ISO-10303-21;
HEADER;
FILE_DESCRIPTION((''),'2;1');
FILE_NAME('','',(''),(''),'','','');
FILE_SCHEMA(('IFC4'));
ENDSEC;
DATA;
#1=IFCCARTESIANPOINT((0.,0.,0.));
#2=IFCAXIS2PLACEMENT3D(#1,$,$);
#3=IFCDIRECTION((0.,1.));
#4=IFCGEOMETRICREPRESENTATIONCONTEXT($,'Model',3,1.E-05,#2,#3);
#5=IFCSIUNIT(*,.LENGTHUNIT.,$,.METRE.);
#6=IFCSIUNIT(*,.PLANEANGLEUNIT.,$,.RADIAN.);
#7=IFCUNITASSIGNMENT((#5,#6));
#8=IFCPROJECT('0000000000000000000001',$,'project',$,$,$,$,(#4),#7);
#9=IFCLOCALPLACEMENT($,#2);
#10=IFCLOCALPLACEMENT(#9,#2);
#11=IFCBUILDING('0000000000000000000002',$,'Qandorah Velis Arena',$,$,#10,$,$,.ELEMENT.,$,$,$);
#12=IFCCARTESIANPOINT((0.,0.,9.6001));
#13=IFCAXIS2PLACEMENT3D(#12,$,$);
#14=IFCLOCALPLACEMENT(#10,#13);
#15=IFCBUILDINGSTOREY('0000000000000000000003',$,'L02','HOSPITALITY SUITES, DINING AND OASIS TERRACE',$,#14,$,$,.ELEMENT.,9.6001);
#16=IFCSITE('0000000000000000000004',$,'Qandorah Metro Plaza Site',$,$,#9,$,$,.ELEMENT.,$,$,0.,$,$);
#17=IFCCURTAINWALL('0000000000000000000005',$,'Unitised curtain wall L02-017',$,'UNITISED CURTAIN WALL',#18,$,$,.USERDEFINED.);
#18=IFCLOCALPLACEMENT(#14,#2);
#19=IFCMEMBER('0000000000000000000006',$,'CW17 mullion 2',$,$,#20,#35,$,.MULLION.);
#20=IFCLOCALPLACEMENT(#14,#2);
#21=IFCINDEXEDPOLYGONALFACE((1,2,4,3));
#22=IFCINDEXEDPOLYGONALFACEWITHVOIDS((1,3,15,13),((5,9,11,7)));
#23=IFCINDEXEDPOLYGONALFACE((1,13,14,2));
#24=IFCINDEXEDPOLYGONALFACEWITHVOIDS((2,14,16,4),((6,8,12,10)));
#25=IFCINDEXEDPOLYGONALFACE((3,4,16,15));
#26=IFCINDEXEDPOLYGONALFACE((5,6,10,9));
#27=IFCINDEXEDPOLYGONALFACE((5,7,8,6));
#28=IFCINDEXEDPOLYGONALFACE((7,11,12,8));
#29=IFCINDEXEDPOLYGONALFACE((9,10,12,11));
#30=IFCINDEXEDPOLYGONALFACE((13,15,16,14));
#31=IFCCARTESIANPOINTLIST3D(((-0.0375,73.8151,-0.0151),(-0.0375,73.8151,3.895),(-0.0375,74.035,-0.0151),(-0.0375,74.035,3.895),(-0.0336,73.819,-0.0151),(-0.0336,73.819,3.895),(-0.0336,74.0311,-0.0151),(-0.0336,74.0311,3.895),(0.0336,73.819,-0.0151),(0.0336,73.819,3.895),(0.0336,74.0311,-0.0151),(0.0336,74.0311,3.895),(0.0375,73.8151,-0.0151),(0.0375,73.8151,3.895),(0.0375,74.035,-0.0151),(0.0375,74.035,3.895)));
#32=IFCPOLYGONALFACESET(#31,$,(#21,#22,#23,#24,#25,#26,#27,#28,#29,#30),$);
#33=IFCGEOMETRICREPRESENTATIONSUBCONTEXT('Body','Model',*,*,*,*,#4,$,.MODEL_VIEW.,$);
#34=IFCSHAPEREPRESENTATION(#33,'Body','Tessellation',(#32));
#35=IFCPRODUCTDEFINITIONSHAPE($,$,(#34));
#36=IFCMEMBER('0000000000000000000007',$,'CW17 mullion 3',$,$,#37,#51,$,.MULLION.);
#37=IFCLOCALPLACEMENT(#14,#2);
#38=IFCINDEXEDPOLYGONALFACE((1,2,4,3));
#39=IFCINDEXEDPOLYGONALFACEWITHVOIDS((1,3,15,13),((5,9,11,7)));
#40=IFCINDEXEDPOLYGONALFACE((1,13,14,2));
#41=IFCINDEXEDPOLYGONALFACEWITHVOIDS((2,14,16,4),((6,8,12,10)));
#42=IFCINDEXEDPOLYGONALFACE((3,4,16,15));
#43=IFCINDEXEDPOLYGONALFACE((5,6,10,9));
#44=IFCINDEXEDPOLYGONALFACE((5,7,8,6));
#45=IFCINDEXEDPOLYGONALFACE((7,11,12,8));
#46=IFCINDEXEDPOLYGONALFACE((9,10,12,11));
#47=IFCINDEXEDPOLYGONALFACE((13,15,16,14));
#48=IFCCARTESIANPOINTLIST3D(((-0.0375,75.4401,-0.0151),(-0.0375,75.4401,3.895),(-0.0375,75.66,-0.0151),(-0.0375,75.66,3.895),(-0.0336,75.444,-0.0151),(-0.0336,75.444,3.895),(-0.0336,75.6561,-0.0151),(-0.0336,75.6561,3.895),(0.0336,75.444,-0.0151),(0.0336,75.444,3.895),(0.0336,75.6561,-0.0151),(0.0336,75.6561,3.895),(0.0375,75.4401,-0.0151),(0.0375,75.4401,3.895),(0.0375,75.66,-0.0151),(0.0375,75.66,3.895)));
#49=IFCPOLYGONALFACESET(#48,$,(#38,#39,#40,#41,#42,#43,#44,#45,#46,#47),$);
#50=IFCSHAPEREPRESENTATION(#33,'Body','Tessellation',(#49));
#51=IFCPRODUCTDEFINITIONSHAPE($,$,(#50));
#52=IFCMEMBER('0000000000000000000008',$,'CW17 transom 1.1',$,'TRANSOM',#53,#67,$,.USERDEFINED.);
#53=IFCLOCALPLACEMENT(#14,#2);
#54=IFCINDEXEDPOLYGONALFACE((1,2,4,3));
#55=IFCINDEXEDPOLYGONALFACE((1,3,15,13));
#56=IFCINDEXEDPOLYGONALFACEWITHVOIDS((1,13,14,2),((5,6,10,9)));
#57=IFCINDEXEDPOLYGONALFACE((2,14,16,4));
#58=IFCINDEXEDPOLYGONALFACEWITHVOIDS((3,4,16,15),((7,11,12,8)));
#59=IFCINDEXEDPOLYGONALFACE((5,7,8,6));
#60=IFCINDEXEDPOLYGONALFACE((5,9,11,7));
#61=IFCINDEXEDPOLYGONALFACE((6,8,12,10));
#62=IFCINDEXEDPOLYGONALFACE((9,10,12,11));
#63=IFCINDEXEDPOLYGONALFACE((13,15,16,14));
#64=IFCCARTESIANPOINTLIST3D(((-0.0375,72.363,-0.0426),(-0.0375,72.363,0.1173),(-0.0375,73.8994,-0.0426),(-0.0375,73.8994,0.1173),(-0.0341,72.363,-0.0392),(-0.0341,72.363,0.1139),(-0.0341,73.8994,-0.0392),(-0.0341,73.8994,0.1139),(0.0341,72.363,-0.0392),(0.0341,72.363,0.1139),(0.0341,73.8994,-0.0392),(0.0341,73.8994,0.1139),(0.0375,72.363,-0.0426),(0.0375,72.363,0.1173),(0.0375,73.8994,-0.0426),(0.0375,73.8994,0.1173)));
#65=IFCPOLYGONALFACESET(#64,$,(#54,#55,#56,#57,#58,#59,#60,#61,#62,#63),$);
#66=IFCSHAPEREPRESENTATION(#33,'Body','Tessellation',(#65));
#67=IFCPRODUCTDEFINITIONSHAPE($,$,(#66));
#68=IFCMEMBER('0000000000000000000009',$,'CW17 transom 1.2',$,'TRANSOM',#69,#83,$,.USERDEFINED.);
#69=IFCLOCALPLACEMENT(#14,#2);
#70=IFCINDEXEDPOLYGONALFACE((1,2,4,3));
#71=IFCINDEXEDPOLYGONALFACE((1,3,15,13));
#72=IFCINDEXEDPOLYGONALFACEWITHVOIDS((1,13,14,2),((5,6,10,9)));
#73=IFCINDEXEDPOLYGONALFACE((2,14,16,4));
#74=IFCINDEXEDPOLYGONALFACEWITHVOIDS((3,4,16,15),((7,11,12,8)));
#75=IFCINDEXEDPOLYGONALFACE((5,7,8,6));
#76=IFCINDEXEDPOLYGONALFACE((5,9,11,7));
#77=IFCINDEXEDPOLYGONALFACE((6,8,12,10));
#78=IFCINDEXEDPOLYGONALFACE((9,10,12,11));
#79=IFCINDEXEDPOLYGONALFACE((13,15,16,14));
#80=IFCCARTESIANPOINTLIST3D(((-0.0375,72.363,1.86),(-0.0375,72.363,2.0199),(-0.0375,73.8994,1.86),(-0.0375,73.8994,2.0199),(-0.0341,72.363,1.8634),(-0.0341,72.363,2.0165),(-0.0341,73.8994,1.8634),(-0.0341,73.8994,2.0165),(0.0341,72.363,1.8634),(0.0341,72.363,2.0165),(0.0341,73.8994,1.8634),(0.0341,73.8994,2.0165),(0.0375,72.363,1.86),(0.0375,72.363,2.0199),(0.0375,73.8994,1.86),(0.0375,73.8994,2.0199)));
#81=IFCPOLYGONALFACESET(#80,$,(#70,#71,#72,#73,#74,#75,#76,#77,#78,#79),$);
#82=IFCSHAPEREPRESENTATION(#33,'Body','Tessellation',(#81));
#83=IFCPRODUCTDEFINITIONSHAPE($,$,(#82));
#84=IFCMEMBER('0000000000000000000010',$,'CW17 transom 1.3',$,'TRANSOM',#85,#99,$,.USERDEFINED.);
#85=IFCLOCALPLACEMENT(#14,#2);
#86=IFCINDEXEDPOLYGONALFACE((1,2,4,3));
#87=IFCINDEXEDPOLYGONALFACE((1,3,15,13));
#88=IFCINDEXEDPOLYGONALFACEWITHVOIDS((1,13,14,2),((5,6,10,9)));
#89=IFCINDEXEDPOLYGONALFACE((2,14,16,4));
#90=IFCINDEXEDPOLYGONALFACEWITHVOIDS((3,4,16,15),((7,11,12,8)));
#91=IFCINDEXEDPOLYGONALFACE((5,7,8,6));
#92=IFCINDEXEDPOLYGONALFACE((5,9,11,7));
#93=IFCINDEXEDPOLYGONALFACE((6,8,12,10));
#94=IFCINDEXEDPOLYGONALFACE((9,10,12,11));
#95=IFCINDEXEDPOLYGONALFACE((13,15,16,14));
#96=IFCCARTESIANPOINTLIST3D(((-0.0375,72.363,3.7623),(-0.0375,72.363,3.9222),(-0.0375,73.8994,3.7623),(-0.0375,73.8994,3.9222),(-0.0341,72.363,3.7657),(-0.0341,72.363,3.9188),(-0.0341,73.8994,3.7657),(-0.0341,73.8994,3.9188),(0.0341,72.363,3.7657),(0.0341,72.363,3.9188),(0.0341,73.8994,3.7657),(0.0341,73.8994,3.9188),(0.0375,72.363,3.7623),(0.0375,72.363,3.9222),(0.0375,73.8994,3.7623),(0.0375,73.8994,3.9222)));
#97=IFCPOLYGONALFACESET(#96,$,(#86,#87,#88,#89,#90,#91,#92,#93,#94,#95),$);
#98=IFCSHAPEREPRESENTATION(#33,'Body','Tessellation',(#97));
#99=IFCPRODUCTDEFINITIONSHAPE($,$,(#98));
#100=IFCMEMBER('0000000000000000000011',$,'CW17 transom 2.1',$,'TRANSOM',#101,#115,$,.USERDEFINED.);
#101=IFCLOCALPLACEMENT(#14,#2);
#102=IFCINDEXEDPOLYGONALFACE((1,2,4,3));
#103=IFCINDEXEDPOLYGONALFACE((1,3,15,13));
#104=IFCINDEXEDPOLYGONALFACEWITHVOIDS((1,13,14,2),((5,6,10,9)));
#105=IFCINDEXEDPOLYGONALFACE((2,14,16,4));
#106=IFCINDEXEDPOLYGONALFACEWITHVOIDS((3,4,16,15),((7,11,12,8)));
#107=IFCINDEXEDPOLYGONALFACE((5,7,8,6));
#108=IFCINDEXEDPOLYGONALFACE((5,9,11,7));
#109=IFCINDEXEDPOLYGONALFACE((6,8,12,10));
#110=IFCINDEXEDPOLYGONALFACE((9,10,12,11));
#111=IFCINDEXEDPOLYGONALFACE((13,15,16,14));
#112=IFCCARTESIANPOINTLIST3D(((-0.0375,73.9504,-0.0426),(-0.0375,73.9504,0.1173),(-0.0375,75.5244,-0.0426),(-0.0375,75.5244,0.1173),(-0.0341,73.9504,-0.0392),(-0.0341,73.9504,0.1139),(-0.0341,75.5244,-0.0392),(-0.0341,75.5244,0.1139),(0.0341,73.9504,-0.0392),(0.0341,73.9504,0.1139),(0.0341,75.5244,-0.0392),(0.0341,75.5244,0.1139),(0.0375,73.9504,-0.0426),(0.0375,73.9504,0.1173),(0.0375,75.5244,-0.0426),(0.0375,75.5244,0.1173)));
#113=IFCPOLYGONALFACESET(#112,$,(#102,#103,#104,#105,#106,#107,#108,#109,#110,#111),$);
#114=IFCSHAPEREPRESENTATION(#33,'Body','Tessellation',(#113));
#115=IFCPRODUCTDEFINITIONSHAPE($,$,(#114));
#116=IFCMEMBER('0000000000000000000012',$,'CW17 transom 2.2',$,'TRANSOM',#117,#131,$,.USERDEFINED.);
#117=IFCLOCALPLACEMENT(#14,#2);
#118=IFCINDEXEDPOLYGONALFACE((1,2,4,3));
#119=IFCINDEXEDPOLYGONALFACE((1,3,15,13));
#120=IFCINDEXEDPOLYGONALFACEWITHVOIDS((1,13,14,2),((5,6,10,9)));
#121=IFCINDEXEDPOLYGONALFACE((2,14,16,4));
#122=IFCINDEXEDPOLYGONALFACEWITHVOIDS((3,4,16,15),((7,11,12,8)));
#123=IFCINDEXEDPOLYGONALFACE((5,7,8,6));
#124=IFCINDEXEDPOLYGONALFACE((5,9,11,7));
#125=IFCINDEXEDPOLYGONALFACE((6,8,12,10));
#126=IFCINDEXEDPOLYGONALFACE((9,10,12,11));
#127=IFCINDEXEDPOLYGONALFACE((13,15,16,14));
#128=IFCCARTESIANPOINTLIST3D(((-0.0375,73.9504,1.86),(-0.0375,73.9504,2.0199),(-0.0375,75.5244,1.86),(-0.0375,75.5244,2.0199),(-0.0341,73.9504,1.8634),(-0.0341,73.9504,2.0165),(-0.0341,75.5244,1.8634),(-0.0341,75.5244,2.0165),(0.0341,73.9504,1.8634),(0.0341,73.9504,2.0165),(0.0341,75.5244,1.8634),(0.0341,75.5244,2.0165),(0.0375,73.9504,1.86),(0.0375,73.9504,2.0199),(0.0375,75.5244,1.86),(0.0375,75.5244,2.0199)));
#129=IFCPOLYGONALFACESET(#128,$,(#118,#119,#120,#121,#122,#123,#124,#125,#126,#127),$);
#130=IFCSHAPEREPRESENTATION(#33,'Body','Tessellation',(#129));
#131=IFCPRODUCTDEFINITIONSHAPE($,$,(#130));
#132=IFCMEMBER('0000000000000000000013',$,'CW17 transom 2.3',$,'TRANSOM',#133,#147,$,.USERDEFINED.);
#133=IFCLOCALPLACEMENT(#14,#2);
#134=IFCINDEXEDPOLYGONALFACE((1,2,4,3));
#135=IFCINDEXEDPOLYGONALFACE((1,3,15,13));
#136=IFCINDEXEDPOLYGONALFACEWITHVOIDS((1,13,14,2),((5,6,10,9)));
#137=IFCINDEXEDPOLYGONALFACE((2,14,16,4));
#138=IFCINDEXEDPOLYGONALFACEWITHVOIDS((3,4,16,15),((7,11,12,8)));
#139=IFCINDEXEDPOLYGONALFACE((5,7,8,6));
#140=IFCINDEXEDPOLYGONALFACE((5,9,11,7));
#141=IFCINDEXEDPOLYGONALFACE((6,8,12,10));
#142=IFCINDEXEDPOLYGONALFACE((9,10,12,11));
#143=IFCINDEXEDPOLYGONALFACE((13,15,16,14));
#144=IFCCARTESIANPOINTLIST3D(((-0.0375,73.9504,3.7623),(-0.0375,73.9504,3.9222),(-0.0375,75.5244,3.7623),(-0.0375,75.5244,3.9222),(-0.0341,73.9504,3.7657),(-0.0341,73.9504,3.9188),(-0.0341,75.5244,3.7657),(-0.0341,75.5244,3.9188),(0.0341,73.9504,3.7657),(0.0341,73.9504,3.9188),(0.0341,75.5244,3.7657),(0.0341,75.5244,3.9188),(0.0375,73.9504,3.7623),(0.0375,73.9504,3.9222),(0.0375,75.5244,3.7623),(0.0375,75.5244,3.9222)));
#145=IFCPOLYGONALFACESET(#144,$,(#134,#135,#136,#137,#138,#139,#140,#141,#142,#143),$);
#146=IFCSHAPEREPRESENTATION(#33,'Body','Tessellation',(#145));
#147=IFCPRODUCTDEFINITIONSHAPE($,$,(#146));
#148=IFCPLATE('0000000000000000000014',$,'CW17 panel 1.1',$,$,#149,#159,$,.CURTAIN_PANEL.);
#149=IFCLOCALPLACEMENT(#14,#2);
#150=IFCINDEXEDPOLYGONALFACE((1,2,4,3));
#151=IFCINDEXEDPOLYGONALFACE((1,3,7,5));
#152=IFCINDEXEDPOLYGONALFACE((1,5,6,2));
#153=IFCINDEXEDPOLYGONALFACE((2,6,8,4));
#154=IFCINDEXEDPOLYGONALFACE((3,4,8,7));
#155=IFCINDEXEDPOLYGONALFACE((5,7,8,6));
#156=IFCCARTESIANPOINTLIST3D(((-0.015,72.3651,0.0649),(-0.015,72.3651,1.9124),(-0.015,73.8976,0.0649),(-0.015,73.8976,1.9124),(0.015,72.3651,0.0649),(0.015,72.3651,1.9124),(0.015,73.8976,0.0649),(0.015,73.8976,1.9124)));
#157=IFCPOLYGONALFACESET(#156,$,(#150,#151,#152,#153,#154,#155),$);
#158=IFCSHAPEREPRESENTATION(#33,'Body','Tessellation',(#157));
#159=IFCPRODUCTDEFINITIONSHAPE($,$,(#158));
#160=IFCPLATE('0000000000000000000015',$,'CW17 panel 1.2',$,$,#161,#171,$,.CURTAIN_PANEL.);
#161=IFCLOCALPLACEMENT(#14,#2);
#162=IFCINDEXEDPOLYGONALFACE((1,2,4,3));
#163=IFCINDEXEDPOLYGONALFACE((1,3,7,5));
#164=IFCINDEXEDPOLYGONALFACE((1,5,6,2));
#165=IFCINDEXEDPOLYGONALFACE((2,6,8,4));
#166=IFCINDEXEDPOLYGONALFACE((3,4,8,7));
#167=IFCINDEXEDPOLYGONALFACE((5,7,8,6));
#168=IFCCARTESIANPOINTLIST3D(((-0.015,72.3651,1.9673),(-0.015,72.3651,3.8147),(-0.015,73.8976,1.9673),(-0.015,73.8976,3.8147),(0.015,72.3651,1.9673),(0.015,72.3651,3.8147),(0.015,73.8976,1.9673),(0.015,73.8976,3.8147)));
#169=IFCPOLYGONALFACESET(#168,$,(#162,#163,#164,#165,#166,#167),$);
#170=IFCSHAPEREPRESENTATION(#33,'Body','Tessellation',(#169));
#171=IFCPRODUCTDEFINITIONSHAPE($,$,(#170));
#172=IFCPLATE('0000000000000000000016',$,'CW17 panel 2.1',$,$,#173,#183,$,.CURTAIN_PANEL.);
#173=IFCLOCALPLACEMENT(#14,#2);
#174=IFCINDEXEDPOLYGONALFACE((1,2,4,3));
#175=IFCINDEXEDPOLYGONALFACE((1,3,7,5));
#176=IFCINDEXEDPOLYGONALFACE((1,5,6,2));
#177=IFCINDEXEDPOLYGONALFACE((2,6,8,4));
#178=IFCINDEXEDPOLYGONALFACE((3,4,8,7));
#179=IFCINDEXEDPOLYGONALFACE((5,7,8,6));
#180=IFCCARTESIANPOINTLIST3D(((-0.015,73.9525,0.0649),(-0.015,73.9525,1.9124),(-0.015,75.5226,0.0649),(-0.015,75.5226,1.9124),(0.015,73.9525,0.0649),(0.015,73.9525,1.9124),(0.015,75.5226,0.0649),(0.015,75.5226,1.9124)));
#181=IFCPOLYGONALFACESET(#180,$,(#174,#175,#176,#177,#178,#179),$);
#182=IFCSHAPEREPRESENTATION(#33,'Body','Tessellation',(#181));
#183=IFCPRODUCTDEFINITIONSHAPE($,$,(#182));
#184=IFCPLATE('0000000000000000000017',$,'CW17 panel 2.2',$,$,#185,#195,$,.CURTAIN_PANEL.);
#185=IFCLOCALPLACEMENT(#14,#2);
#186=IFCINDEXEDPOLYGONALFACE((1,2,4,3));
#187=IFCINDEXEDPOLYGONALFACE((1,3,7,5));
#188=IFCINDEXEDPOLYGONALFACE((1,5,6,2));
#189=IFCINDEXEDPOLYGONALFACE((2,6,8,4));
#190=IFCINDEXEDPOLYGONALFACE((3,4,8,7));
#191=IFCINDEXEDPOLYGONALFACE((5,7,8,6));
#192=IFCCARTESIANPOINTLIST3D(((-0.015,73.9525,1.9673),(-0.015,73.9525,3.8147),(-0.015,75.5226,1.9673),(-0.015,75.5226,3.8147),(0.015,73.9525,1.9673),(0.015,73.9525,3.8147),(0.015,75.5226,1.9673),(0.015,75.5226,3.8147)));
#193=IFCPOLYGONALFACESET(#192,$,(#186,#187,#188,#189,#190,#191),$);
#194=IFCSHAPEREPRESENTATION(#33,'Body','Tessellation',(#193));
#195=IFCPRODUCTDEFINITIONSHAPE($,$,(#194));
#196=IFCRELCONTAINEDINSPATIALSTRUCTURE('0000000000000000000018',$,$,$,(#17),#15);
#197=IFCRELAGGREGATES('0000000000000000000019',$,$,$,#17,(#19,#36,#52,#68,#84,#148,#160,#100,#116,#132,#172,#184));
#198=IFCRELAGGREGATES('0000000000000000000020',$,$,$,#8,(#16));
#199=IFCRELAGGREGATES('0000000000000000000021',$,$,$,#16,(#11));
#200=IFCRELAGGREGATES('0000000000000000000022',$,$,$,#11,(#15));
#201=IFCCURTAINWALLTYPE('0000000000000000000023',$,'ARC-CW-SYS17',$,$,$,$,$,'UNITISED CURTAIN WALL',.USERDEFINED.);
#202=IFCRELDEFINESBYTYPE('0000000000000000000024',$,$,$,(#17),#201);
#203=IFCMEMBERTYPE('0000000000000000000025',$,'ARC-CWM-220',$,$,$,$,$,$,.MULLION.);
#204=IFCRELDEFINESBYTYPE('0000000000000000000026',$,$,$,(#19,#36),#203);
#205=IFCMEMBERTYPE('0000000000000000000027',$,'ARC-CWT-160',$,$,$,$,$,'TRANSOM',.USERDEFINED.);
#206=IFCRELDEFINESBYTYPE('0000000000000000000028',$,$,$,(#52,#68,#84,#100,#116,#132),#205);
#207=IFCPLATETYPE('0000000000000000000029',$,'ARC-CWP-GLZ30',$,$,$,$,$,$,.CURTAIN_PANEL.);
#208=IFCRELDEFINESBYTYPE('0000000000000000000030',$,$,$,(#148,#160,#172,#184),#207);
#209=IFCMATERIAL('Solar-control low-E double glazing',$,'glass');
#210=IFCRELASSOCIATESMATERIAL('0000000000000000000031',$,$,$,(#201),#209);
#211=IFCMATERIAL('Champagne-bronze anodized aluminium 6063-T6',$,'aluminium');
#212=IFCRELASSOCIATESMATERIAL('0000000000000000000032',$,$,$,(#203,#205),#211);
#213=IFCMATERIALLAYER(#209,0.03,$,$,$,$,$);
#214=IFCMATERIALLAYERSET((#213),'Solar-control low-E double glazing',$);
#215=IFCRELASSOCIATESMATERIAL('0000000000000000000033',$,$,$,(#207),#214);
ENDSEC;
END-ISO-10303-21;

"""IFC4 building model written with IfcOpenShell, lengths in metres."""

from ifc_helpers import new_model, si_unit, direction, frame, origin, origin_2d, place, context, subcontext, project, spatial, rectangle, hollow_rectangle, extrude, material, layer, layer_set, material_profile, profile_set, type_object, element, aggregate, save


model = new_model("IFC4")

# Units and contexts
model_context = context("Model", 3, precision=1e-05, world=origin(), true_north=direction((0.0, 1.0)))
body_context = subcontext(model_context, "Body", "Model", "MODEL_VIEW")
ifc_project = project(units=[si_unit("LENGTHUNIT", "METRE"), si_unit("PLANEANGLEUNIT", "RADIAN")], contexts=[model_context])

# Site, building, storey
site_placement = place(None, origin())
site = spatial("IfcSite", under=ifc_project, at=site_placement, Name="Qandorah Metro Plaza Site", CompositionType="ELEMENT", RefElevation=0.0)
building_placement = place(site_placement, origin())
building = spatial("IfcBuilding", under=site, at=building_placement, Name="Qandorah Velis Arena", CompositionType="ELEMENT")
storey_placement = place(building_placement, frame((0.0, 0.0, 9.6001)))
storey = spatial("IfcBuildingStorey", under=building, at=storey_placement, Name="L02", Description="HOSPITALITY SUITES, DINING AND OASIS TERRACE", CompositionType="ELEMENT", Elevation=9.6001)

# Curtain wall, members, plates
ifc_material_1 = material(Name="Solar-control low-E double glazing", Category="glass")
curtain_wall_type = type_object("IfcCurtainWallType", Name="ARC-CW-SYS17", ElementType="UNITISED CURTAIN WALL", PredefinedType="USERDEFINED", material=ifc_material_1)
curtain_wall_placement = place(storey_placement, origin())
curtain_wall = element("IfcCurtainWall", 1, at=curtain_wall_placement, inside=storey, type_object=curtain_wall_type, Name="Unitised curtain wall L02-017", ObjectType="UNITISED CURTAIN WALL", PredefinedType="USERDEFINED")
ifc_material_2 = material(Name="Champagne-bronze anodized aluminium 6063-T6", Category="aluminium")
ifc_material_profile_1 = material_profile(ifc_material_2, hollow_rectangle(XDim=0.075, YDim=0.22, WallThickness=0.0039, at=origin_2d()), Name="ALU MULLION 75x220")
ifc_profile_set_1 = profile_set([ifc_material_profile_1], Name="Champagne-bronze anodized aluminium 6063-T6")
member_type_1 = type_object("IfcMemberType", Name="ARC-CWM-220", PredefinedType="MULLION", material=ifc_profile_set_1)
member_1_placement = place(storey_placement, frame((0.0, 73.925, -0.0151), z_axis=(0.0, 0.0, 1.0), x_axis=(-1.0, 0.0, 0.0)))
member_1 = element("IfcMember", 2, at=member_1_placement, type_object=member_type_1, Name="CW17 mullion 2", PredefinedType="MULLION", context=body_context, shape_type="SweptSolid", body=[
    extrude(hollow_rectangle(XDim=0.075, YDim=0.22, WallThickness=0.0039, at=origin_2d()), origin(), (0.0, 0.0, 1.0), 3.9102),
])
member_2_placement = place(storey_placement, frame((0.0, 75.55, -0.0151), z_axis=(0.0, 0.0, 1.0), x_axis=(-1.0, 0.0, 0.0)))
member_2 = element("IfcMember", 3, at=member_2_placement, type_object=member_type_1, Name="CW17 mullion 3", PredefinedType="MULLION", context=body_context, shape_type="SweptSolid", body=[
    extrude(hollow_rectangle(XDim=0.075, YDim=0.22, WallThickness=0.0039, at=origin_2d()), origin(), (0.0, 0.0, 1.0), 3.9102),
])
ifc_material_profile_2 = material_profile(ifc_material_2, hollow_rectangle(XDim=0.075, YDim=0.1599, WallThickness=0.0034, at=origin_2d()), Name="ALU TRANSOM 75x160")
ifc_profile_set_2 = profile_set([ifc_material_profile_2], Name="Champagne-bronze anodized aluminium 6063-T6")
member_type_2 = type_object("IfcMemberType", Name="ARC-CWT-160", ElementType="TRANSOM", PredefinedType="USERDEFINED", material=ifc_profile_set_2)
member_3_placement = place(storey_placement, frame((0.0, 72.363, 0.0374), z_axis=(0.0, 1.0, 0.0), x_axis=(-1.0, 0.0, 0.0)))
member_3 = element("IfcMember", 4, at=member_3_placement, type_object=member_type_2, Name="CW17 transom 1.1", ObjectType="TRANSOM", PredefinedType="USERDEFINED", context=body_context, shape_type="SweptSolid", body=[
    extrude(hollow_rectangle(XDim=0.075, YDim=0.1599, WallThickness=0.0034, at=origin_2d()), origin(), (0.0, 0.0, 1.0), 1.5364),
])
member_4_placement = place(storey_placement, frame((0.0, 72.363, 1.9399), z_axis=(0.0, 1.0, 0.0), x_axis=(-1.0, 0.0, 0.0)))
member_4 = element("IfcMember", 5, at=member_4_placement, type_object=member_type_2, Name="CW17 transom 1.2", ObjectType="TRANSOM", PredefinedType="USERDEFINED", context=body_context, shape_type="SweptSolid", body=[
    extrude(hollow_rectangle(XDim=0.075, YDim=0.1599, WallThickness=0.0034, at=origin_2d()), origin(), (0.0, 0.0, 1.0), 1.5364),
])
member_5_placement = place(storey_placement, frame((0.0, 72.363, 3.8423), z_axis=(0.0, 1.0, 0.0), x_axis=(-1.0, 0.0, 0.0)))
member_5 = element("IfcMember", 6, at=member_5_placement, type_object=member_type_2, Name="CW17 transom 1.3", ObjectType="TRANSOM", PredefinedType="USERDEFINED", context=body_context, shape_type="SweptSolid", body=[
    extrude(hollow_rectangle(XDim=0.075, YDim=0.1599, WallThickness=0.0034, at=origin_2d()), origin(), (0.0, 0.0, 1.0), 1.5364),
])
member_6_placement = place(storey_placement, frame((0.0, 73.9504, 0.0374), z_axis=(0.0, 1.0, 0.0), x_axis=(-1.0, 0.0, 0.0)))
member_6 = element("IfcMember", 7, at=member_6_placement, type_object=member_type_2, Name="CW17 transom 2.1", ObjectType="TRANSOM", PredefinedType="USERDEFINED", context=body_context, shape_type="SweptSolid", body=[
    extrude(hollow_rectangle(XDim=0.075, YDim=0.1599, WallThickness=0.0034, at=origin_2d()), origin(), (0.0, 0.0, 1.0), 1.574),
])
member_7_placement = place(storey_placement, frame((0.0, 73.9504, 1.9399), z_axis=(0.0, 1.0, 0.0), x_axis=(-1.0, 0.0, 0.0)))
member_7 = element("IfcMember", 8, at=member_7_placement, type_object=member_type_2, Name="CW17 transom 2.2", ObjectType="TRANSOM", PredefinedType="USERDEFINED", context=body_context, shape_type="SweptSolid", body=[
    extrude(hollow_rectangle(XDim=0.075, YDim=0.1599, WallThickness=0.0034, at=origin_2d()), origin(), (0.0, 0.0, 1.0), 1.574),
])
member_8_placement = place(storey_placement, frame((0.0, 73.9504, 3.8423), z_axis=(0.0, 1.0, 0.0), x_axis=(-1.0, 0.0, 0.0)))
member_8 = element("IfcMember", 9, at=member_8_placement, type_object=member_type_2, Name="CW17 transom 2.3", ObjectType="TRANSOM", PredefinedType="USERDEFINED", context=body_context, shape_type="SweptSolid", body=[
    extrude(hollow_rectangle(XDim=0.075, YDim=0.1599, WallThickness=0.0034, at=origin_2d()), origin(), (0.0, 0.0, 1.0), 1.574),
])
ifc_layer_1 = layer(ifc_material_1, 0.03)
ifc_layer_set_1 = layer_set([ifc_layer_1], Name="Solar-control low-E double glazing")
plate_type = type_object("IfcPlateType", Name="ARC-CWP-GLZ30", PredefinedType="CURTAIN_PANEL", material=ifc_layer_set_1)
plate_1_placement = place(storey_placement, frame((0.0, 73.1313, 0.0649), z_axis=(0.0, 0.0, 1.0), x_axis=(0.0, 1.0, 0.0)))
plate_1 = element("IfcPlate", 10, at=plate_1_placement, type_object=plate_type, Name="CW17 panel 1.1", PredefinedType="CURTAIN_PANEL", context=body_context, shape_type="SweptSolid", body=[
    extrude(rectangle(XDim=1.5325, YDim=0.03, at=origin_2d()), origin(), (0.0, 0.0, 1.0), 1.8474),
])
plate_2_placement = place(storey_placement, frame((0.0, 73.1313, 1.9673), z_axis=(0.0, 0.0, 1.0), x_axis=(0.0, 1.0, 0.0)))
plate_2 = element("IfcPlate", 11, at=plate_2_placement, type_object=plate_type, Name="CW17 panel 1.2", PredefinedType="CURTAIN_PANEL", context=body_context, shape_type="SweptSolid", body=[
    extrude(rectangle(XDim=1.5325, YDim=0.03, at=origin_2d()), origin(), (0.0, 0.0, 1.0), 1.8474),
])
plate_3_placement = place(storey_placement, frame((0.0, 74.7375, 0.0649), z_axis=(0.0, 0.0, 1.0), x_axis=(0.0, 1.0, 0.0)))
plate_3 = element("IfcPlate", 12, at=plate_3_placement, type_object=plate_type, Name="CW17 panel 2.1", PredefinedType="CURTAIN_PANEL", context=body_context, shape_type="SweptSolid", body=[
    extrude(rectangle(XDim=1.5701, YDim=0.03, at=origin_2d()), origin(), (0.0, 0.0, 1.0), 1.8474),
])
plate_4_placement = place(storey_placement, frame((0.0, 74.7375, 1.9673), z_axis=(0.0, 0.0, 1.0), x_axis=(0.0, 1.0, 0.0)))
plate_4 = element("IfcPlate", 13, at=plate_4_placement, type_object=plate_type, Name="CW17 panel 2.2", PredefinedType="CURTAIN_PANEL", context=body_context, shape_type="SweptSolid", body=[
    extrude(rectangle(XDim=1.5701, YDim=0.03, at=origin_2d()), origin(), (0.0, 0.0, 1.0), 1.8474),
])
aggregate(curtain_wall, [member_1, member_2, member_3, member_4, member_5, plate_1, plate_2, member_6, member_7, member_8, plate_3, plate_4])

save(model, "model.ifc")
